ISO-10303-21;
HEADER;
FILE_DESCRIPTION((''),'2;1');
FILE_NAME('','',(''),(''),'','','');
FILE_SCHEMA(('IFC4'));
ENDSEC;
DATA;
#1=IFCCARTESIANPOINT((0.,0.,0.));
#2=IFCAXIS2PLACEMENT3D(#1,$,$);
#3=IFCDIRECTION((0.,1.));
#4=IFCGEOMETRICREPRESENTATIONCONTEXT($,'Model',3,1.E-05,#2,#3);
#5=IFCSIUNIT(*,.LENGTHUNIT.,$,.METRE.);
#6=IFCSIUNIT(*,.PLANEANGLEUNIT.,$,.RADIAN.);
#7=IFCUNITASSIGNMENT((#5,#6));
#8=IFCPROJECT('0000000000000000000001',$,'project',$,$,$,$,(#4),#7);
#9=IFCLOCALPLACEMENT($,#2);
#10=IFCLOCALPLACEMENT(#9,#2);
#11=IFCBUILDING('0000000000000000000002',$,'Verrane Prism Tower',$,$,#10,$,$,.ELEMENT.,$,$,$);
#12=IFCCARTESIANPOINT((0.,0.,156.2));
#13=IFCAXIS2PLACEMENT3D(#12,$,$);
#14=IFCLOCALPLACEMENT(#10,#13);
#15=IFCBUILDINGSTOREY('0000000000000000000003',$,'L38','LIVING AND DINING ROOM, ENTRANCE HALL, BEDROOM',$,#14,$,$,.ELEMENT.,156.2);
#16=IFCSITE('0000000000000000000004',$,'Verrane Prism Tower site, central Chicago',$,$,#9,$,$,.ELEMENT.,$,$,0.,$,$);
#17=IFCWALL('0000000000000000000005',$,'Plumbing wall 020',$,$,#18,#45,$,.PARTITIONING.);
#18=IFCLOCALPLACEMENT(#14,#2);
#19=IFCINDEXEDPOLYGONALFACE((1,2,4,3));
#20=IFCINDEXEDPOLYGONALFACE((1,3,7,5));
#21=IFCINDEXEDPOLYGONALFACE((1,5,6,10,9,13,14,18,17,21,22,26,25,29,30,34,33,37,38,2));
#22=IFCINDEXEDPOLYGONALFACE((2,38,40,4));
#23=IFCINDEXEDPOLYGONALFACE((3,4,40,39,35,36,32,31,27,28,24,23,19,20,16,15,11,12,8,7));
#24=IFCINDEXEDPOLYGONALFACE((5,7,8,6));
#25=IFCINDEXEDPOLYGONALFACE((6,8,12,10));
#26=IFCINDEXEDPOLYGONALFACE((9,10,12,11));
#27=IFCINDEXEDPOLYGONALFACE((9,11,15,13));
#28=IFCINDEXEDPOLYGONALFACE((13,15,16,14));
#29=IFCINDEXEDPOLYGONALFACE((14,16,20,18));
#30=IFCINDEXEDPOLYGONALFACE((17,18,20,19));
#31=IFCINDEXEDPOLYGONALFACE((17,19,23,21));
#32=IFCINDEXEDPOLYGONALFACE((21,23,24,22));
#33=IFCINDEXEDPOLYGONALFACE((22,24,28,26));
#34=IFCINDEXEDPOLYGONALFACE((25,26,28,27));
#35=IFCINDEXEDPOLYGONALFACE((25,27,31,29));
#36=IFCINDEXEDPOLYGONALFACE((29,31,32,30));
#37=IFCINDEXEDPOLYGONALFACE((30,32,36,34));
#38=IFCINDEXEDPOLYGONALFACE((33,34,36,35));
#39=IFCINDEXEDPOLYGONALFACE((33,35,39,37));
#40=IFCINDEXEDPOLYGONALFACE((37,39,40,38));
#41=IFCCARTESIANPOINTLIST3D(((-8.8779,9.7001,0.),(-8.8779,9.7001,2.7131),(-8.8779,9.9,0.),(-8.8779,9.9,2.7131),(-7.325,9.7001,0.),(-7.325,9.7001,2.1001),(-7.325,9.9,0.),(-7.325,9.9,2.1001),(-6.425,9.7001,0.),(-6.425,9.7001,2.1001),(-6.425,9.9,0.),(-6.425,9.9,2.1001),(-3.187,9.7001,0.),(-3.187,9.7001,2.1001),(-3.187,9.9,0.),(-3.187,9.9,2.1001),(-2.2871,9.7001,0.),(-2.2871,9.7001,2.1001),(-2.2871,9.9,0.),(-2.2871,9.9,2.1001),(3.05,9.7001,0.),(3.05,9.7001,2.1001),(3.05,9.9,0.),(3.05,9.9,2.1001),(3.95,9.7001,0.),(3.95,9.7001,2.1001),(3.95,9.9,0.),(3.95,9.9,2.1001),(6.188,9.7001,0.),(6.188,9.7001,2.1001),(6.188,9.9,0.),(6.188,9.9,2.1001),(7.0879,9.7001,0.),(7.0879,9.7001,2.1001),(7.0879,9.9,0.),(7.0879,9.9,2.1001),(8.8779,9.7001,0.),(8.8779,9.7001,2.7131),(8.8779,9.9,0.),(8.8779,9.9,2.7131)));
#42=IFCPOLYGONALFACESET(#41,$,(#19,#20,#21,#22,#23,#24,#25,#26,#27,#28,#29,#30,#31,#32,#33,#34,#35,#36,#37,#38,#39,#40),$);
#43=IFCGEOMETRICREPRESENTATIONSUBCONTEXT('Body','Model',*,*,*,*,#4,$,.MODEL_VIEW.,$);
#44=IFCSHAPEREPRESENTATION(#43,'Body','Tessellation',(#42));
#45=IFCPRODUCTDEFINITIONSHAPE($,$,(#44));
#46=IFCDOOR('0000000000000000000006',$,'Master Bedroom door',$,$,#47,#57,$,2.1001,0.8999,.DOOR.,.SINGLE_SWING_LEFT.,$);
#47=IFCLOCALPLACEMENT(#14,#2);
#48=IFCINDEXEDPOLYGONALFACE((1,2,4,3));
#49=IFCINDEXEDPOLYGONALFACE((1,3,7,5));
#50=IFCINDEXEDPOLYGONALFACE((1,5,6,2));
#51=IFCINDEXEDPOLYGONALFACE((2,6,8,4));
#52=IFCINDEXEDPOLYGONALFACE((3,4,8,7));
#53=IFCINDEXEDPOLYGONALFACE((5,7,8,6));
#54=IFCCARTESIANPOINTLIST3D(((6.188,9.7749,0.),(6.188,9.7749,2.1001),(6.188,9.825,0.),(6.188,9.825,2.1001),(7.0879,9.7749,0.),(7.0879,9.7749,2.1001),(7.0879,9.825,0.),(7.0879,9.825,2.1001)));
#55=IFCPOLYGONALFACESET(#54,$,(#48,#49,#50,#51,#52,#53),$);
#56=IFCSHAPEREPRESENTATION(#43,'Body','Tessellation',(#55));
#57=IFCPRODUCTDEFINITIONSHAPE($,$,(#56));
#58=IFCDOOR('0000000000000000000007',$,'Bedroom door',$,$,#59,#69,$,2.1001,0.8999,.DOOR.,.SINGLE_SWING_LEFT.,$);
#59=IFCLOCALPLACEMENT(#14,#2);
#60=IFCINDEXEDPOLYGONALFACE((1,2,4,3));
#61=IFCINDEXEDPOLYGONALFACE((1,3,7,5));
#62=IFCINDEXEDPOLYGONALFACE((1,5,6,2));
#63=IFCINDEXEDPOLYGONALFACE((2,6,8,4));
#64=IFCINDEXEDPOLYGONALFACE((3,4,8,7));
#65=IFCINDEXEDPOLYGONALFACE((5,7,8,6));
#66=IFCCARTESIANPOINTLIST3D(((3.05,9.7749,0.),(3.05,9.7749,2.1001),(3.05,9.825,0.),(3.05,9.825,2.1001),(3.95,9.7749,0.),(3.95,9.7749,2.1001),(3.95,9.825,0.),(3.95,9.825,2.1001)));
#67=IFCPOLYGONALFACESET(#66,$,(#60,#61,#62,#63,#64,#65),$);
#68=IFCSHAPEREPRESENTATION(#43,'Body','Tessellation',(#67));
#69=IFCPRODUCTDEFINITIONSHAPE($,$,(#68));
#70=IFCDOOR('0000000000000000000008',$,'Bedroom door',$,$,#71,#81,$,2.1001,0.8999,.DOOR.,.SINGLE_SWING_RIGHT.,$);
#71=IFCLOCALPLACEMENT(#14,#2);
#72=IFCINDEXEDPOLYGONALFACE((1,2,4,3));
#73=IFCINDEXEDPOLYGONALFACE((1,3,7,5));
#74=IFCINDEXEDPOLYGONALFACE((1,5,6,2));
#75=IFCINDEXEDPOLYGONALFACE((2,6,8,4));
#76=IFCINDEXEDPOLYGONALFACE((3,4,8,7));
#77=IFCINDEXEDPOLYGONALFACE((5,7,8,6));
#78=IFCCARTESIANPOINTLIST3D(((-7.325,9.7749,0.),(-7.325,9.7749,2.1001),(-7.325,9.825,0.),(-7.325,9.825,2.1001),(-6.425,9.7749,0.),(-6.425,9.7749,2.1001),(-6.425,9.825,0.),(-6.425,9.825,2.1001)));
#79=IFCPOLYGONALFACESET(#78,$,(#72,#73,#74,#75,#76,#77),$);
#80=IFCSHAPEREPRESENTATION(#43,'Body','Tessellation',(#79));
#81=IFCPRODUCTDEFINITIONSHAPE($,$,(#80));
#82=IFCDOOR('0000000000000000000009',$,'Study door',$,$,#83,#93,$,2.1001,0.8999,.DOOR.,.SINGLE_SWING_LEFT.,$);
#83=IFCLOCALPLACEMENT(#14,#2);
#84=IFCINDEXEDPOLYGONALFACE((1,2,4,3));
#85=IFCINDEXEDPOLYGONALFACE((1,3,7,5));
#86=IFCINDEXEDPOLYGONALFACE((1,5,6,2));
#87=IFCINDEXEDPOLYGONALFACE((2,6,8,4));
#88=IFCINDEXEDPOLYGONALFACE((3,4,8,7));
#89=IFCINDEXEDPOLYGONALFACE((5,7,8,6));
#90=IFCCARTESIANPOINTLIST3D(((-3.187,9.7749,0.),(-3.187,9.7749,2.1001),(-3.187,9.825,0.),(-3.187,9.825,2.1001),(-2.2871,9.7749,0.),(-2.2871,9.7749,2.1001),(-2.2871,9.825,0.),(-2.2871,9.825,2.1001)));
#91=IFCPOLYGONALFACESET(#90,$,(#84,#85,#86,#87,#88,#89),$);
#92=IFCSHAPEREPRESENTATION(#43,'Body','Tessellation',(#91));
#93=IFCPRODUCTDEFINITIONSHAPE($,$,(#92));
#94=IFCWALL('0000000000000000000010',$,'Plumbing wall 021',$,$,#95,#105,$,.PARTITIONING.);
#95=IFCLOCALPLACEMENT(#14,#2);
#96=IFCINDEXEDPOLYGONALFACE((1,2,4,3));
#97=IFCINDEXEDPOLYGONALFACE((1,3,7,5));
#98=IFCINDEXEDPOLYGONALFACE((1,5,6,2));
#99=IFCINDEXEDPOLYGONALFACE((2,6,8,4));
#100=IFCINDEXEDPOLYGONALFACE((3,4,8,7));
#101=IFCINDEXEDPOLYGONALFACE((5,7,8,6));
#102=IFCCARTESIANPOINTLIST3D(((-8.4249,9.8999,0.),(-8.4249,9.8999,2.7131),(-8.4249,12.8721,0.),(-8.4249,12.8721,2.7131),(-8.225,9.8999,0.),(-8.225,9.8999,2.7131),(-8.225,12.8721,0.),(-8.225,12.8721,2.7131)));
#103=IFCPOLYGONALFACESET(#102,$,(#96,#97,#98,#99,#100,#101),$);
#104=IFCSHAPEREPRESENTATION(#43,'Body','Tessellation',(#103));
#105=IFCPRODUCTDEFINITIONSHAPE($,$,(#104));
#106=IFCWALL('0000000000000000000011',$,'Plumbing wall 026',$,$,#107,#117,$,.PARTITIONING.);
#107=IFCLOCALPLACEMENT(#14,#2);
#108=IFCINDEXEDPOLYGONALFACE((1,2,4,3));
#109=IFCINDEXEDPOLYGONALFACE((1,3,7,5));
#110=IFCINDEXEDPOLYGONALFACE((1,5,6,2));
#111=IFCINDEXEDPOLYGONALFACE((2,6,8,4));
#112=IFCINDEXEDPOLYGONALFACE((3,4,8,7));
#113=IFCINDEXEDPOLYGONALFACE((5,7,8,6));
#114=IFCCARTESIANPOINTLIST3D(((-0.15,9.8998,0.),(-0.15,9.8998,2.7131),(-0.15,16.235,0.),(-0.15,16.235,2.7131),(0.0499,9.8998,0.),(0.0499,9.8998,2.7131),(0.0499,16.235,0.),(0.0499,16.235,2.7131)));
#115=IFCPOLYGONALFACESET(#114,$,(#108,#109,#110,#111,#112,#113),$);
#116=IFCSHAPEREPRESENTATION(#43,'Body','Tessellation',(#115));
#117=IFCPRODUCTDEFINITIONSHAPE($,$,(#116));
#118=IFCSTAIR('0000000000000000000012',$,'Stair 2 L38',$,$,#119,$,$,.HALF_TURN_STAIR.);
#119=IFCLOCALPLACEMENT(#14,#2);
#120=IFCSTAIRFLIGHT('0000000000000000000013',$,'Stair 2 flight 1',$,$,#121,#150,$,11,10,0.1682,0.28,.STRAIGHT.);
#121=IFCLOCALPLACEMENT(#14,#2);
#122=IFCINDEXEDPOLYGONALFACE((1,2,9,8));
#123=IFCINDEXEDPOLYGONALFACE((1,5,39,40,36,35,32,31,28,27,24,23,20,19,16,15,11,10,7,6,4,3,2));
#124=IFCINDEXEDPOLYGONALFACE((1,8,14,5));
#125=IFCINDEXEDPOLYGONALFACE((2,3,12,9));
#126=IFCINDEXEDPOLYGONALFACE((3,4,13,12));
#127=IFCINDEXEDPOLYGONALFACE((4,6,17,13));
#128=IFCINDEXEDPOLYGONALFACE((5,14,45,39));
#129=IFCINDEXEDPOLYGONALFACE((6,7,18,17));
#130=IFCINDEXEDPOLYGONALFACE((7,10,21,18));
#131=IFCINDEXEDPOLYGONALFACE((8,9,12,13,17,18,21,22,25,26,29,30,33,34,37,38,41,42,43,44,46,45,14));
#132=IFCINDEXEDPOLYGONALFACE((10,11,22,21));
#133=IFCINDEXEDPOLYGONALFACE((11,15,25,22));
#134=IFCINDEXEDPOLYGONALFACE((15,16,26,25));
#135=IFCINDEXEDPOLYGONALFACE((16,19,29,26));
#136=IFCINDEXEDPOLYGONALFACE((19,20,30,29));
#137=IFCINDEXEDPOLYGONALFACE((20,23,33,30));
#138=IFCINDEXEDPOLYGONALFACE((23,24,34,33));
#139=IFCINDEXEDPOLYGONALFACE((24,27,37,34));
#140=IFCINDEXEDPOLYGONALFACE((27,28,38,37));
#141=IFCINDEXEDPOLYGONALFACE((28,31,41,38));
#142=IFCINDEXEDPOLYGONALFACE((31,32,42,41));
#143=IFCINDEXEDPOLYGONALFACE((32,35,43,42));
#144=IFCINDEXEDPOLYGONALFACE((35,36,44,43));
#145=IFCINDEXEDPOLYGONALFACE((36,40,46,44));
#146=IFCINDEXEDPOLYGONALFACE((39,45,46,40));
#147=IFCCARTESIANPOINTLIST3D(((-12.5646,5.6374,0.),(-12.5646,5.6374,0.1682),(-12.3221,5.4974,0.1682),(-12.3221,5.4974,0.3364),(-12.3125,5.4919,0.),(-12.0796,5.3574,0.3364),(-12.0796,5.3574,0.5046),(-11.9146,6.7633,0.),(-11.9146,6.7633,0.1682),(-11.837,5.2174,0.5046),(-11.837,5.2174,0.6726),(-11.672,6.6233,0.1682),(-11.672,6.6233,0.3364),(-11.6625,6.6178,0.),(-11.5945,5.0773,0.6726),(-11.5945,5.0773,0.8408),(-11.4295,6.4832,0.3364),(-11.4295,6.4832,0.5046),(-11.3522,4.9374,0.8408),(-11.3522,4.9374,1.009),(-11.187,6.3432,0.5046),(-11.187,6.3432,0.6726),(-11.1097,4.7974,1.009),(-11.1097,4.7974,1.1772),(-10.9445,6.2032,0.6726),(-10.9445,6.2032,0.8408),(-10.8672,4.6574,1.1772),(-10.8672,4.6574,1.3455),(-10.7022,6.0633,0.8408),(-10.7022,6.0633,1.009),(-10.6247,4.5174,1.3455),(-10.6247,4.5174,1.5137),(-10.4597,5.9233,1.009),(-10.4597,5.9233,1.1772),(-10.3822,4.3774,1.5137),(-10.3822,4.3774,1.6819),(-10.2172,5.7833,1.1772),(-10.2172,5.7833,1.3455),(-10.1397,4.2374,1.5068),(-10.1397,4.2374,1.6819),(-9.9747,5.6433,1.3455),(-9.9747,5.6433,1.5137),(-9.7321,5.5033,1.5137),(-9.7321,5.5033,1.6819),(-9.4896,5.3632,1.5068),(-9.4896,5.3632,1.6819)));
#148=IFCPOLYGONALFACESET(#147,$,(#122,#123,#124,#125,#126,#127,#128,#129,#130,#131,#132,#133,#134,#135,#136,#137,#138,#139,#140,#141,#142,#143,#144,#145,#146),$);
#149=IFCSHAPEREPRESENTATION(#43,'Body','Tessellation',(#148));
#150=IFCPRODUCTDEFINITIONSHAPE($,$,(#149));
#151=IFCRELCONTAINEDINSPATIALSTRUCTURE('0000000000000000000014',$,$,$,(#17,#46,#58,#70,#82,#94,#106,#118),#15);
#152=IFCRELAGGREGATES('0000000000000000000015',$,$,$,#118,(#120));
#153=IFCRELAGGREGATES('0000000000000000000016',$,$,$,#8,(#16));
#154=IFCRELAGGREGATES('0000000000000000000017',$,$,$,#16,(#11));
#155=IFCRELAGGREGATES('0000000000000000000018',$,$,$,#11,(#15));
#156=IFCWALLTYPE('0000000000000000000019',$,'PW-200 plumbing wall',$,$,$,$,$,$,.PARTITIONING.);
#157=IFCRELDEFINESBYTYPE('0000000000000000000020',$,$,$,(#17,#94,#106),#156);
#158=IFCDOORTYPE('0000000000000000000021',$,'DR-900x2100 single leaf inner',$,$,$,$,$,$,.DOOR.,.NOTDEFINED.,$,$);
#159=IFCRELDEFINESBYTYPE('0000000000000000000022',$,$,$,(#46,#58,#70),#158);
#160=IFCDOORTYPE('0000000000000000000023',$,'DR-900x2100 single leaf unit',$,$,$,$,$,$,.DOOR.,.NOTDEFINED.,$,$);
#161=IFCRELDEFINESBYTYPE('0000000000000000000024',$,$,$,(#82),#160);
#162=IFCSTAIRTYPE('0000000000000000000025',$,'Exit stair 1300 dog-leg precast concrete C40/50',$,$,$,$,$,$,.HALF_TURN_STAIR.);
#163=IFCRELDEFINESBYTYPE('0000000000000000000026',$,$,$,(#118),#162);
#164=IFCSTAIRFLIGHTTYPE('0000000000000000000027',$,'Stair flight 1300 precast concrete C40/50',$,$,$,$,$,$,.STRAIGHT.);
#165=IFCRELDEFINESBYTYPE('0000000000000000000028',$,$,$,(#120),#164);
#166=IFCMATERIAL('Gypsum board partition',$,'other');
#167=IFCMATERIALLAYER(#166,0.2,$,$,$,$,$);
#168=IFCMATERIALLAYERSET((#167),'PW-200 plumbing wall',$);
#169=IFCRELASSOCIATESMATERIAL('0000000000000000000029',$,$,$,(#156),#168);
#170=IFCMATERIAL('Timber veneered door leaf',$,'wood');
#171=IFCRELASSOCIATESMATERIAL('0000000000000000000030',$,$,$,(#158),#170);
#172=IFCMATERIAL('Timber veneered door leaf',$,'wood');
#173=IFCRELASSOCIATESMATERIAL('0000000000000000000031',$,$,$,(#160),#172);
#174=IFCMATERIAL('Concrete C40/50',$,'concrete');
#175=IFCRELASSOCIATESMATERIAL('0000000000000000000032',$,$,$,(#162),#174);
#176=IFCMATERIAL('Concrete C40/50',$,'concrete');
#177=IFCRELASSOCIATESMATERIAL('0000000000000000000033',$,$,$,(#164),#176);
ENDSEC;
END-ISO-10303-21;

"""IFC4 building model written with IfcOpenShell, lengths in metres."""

from ifc_helpers import new_model, si_unit, direction, frame, frame_2d, origin, place, context, subcontext, project, spatial, polyline, rectangle, outline, extrude, material, layer, layer_set, type_object, element, fill, aggregate, save


model = new_model("IFC4")

# Units and contexts
model_context = context("Model", 3, precision=1e-05, world=origin(), true_north=direction((0.0, 1.0)))
body_context = subcontext(model_context, "Body", "Model", "MODEL_VIEW")
ifc_project = project(units=[si_unit("LENGTHUNIT", "METRE"), si_unit("PLANEANGLEUNIT", "RADIAN")], contexts=[model_context])

# Site, building, storey
site_placement = place(None, origin())
site = spatial("IfcSite", under=ifc_project, at=site_placement, Name="Verrane Prism Tower site, central Chicago", CompositionType="ELEMENT", RefElevation=0.0)
building_placement = place(site_placement, origin())
building = spatial("IfcBuilding", under=site, at=building_placement, Name="Verrane Prism Tower", CompositionType="ELEMENT")
storey_placement = place(building_placement, frame((0.0, 0.0, 156.2)))
storey = spatial("IfcBuildingStorey", under=building, at=storey_placement, Name="L38", Description="LIVING AND DINING ROOM, ENTRANCE HALL, BEDROOM", CompositionType="ELEMENT", Elevation=156.2)

# Wall, openings, doors
ifc_material_1 = material(Name="Gypsum board partition", Category="other")
ifc_layer_1 = layer(ifc_material_1, 0.2)
ifc_layer_set_1 = layer_set([ifc_layer_1], Name="PW-200 plumbing wall")
wall_type_1 = type_object("IfcWallType", Name="PW-200 plumbing wall", PredefinedType="PARTITIONING", material=ifc_layer_set_1)
wall_1_placement = place(storey_placement, frame((-8.8779, 9.8, 0.0), z_axis=(0.0, 0.0, 1.0), x_axis=(1.0, 0.0, 0.0)))
wall_1 = element("IfcWall", 1, at=wall_1_placement, inside=storey, type_object=wall_type_1, Name="Plumbing wall 020", PredefinedType="PARTITIONING", context=body_context, shape_type="SweptSolid", body=[
    extrude(rectangle(XDim=17.7559, YDim=0.2, at=frame_2d((8.8779, 0.0))), origin(), (0.0, 0.0, 1.0), 2.7131),
])
opening_1_placement = place(wall_1_placement, frame((15.0659, 0.0, 0.0)))
opening_1 = element("IfcOpeningElement", 2, at=opening_1_placement, cuts=wall_1, PredefinedType="OPENING", context=body_context, shape_type="SweptSolid", body=[
    extrude(rectangle(XDim=0.8999, YDim=2.1001, at=frame_2d((0.45, 1.05))), frame((0.0, 0.1099, 0.0), z_axis=(0.0, -1.0, 0.0), x_axis=(1.0, 0.0, 0.0)), (0.0, 0.0, 1.0), 0.22),
])
opening_2_placement = place(wall_1_placement, frame((11.928, 0.0, 0.0)))
opening_2 = element("IfcOpeningElement", 3, at=opening_2_placement, cuts=wall_1, PredefinedType="OPENING", context=body_context, shape_type="SweptSolid", body=[
    extrude(rectangle(XDim=0.8999, YDim=2.1001, at=frame_2d((0.45, 1.05))), frame((0.0, 0.1099, 0.0), z_axis=(0.0, -1.0, 0.0), x_axis=(1.0, 0.0, 0.0)), (0.0, 0.0, 1.0), 0.22),
])
opening_3_placement = place(wall_1_placement, frame((5.6909, 0.0, 0.0)))
opening_3 = element("IfcOpeningElement", 4, at=opening_3_placement, cuts=wall_1, PredefinedType="OPENING", context=body_context, shape_type="SweptSolid", body=[
    extrude(rectangle(XDim=0.8999, YDim=2.1001, at=frame_2d((0.45, 1.05))), frame((0.0, 0.1099, 0.0), z_axis=(0.0, -1.0, 0.0), x_axis=(1.0, 0.0, 0.0)), (0.0, 0.0, 1.0), 0.22),
])
opening_4_placement = place(wall_1_placement, frame((1.553, 0.0, 0.0)))
opening_4 = element("IfcOpeningElement", 5, at=opening_4_placement, cuts=wall_1, PredefinedType="OPENING", context=body_context, shape_type="SweptSolid", body=[
    extrude(rectangle(XDim=0.8999, YDim=2.1001, at=frame_2d((0.45, 1.05))), frame((0.0, 0.1099, 0.0), z_axis=(0.0, -1.0, 0.0), x_axis=(1.0, 0.0, 0.0)), (0.0, 0.0, 1.0), 0.22),
])
ifc_material_2 = material(Name="Timber veneered door leaf", Category="wood")
door_type_1 = type_object("IfcDoorType", Name="DR-900x2100 single leaf inner", OperationType="NOTDEFINED", PredefinedType="DOOR", material=ifc_material_2)
door_1_placement = place(opening_1_placement, origin())
door_1 = element("IfcDoor", 6, at=door_1_placement, inside=storey, type_object=door_type_1, Name="Master Bedroom door", OperationType="SINGLE_SWING_LEFT", OverallHeight=2.1001, OverallWidth=0.8999, PredefinedType="DOOR", context=body_context, shape_type="SweptSolid", body=[
    extrude(rectangle(XDim=0.8999, YDim=2.1001, at=frame_2d((0.45, 1.05))), frame((0.0, 0.0249, 0.0), z_axis=(0.0, -1.0, 0.0), x_axis=(1.0, 0.0, 0.0)), (0.0, 0.0, 1.0), 0.05),
])
fill(opening_1, door_1)
door_2_placement = place(opening_2_placement, origin())
door_2 = element("IfcDoor", 7, at=door_2_placement, inside=storey, type_object=door_type_1, Name="Bedroom door", OperationType="SINGLE_SWING_LEFT", OverallHeight=2.1001, OverallWidth=0.8999, PredefinedType="DOOR", context=body_context, shape_type="SweptSolid", body=[
    extrude(rectangle(XDim=0.8999, YDim=2.1001, at=frame_2d((0.45, 1.05))), frame((0.0, 0.0249, 0.0), z_axis=(0.0, -1.0, 0.0), x_axis=(1.0, 0.0, 0.0)), (0.0, 0.0, 1.0), 0.05),
])
fill(opening_2, door_2)
door_3_placement = place(opening_4_placement, origin())
door_3 = element("IfcDoor", 8, at=door_3_placement, inside=storey, type_object=door_type_1, Name="Bedroom door", OperationType="SINGLE_SWING_RIGHT", OverallHeight=2.1001, OverallWidth=0.8999, PredefinedType="DOOR", context=body_context, shape_type="SweptSolid", body=[
    extrude(rectangle(XDim=0.8999, YDim=2.1001, at=frame_2d((0.45, 1.05))), frame((0.0, 0.0249, 0.0), z_axis=(0.0, -1.0, 0.0), x_axis=(1.0, 0.0, 0.0)), (0.0, 0.0, 1.0), 0.05),
])
fill(opening_4, door_3)
ifc_material_3 = material(Name="Timber veneered door leaf", Category="wood")
door_type_2 = type_object("IfcDoorType", Name="DR-900x2100 single leaf unit", OperationType="NOTDEFINED", PredefinedType="DOOR", material=ifc_material_3)
door_4_placement = place(opening_3_placement, origin())
door_4 = element("IfcDoor", 9, at=door_4_placement, inside=storey, type_object=door_type_2, Name="Study door", OperationType="SINGLE_SWING_LEFT", OverallHeight=2.1001, OverallWidth=0.8999, PredefinedType="DOOR", context=body_context, shape_type="SweptSolid", body=[
    extrude(rectangle(XDim=0.8999, YDim=2.1001, at=frame_2d((0.45, 1.05))), frame((0.0, 0.0249, 0.0), z_axis=(0.0, -1.0, 0.0), x_axis=(1.0, 0.0, 0.0)), (0.0, 0.0, 1.0), 0.05),
])
fill(opening_3, door_4)

# Walls
wall_2_placement = place(storey_placement, frame((-8.325, 9.8999, 0.0), z_axis=(0.0, 0.0, 1.0), x_axis=(0.0, 1.0, 0.0)))
element("IfcWall", 10, at=wall_2_placement, inside=storey, type_object=wall_type_1, Name="Plumbing wall 021", PredefinedType="PARTITIONING", context=body_context, shape_type="SweptSolid", body=[
    extrude(rectangle(XDim=2.9722, YDim=0.2, at=frame_2d((1.4861, 0.0))), origin(), (0.0, 0.0, 1.0), 2.7131),
])
wall_3_placement = place(storey_placement, frame((-0.05, 9.8999, 0.0), z_axis=(0.0, 0.0, 1.0), x_axis=(0.0, 1.0, 0.0)))
element("IfcWall", 11, at=wall_3_placement, inside=storey, type_object=wall_type_1, Name="Plumbing wall 026", PredefinedType="PARTITIONING", context=body_context, shape_type="SweptSolid", body=[
    extrude(rectangle(XDim=6.3352, YDim=0.2, at=frame_2d((3.1675, 0.0))), origin(), (0.0, 0.0, 1.0), 2.7131),
])

# Stair, stair flight
ifc_material_4 = material(Name="Concrete C40/50", Category="concrete")
stair_type = type_object("IfcStairType", Name="Exit stair 1300 dog-leg precast concrete C40/50", PredefinedType="HALF_TURN_STAIR", material=ifc_material_4)
stair_placement = place(storey_placement, origin())
stair = element("IfcStair", 12, at=stair_placement, inside=storey, type_object=stair_type, Name="Stair 2 L38", PredefinedType="HALF_TURN_STAIR")
ifc_material_5 = material(Name="Concrete C40/50", Category="concrete")
stair_flight_type = type_object("IfcStairFlightType", Name="Stair flight 1300 precast concrete C40/50", PredefinedType="STRAIGHT", material=ifc_material_5)
stair_flight_1_placement = place(storey_placement, frame((-12.2395, 6.2004, 0.0), z_axis=(0.0, 0.0, 1.0), x_axis=(0.866025, -0.5, 0.0)))
stair_flight_1 = element("IfcStairFlight", 13, at=stair_flight_1_placement, type_object=stair_flight_type, Name="Stair 2 flight 1", NumberOfRisers=11, NumberOfTreads=10, PredefinedType="STRAIGHT", RiserHeight=0.1682, TreadLength=0.28, context=body_context, shape_type="SweptSolid", body=[
    extrude(outline(polyline([(0.0, 0.0), (0.0, 0.1682), (0.28, 0.1682), (0.28, 0.3364), (0.5601, 0.3364), (0.5601, 0.5046), (0.8401, 0.5046), (0.8401, 0.6726), (1.1201, 0.6726), (1.1201, 0.8408), (1.3999, 0.8408), (1.3999, 1.009), (1.6799, 1.009), (1.6799, 1.1772), (1.96, 1.1772), (1.96, 1.3455), (2.24, 1.3455), (2.24, 1.5137), (2.52, 1.5137), (2.52, 1.6819), (2.8, 1.6819), (2.8, 1.8501), (2.8, 1.5068), (0.291, 0.0), (0.0, 0.0)])), frame((0.0, 0.6499, 0.0), z_axis=(0.0, -1.0, 0.0), x_axis=(1.0, 0.0, 0.0)), (0.0, 0.0, 1.0), 1.3),
])
aggregate(stair, [stair_flight_1])

save(model, "model.ifc")
